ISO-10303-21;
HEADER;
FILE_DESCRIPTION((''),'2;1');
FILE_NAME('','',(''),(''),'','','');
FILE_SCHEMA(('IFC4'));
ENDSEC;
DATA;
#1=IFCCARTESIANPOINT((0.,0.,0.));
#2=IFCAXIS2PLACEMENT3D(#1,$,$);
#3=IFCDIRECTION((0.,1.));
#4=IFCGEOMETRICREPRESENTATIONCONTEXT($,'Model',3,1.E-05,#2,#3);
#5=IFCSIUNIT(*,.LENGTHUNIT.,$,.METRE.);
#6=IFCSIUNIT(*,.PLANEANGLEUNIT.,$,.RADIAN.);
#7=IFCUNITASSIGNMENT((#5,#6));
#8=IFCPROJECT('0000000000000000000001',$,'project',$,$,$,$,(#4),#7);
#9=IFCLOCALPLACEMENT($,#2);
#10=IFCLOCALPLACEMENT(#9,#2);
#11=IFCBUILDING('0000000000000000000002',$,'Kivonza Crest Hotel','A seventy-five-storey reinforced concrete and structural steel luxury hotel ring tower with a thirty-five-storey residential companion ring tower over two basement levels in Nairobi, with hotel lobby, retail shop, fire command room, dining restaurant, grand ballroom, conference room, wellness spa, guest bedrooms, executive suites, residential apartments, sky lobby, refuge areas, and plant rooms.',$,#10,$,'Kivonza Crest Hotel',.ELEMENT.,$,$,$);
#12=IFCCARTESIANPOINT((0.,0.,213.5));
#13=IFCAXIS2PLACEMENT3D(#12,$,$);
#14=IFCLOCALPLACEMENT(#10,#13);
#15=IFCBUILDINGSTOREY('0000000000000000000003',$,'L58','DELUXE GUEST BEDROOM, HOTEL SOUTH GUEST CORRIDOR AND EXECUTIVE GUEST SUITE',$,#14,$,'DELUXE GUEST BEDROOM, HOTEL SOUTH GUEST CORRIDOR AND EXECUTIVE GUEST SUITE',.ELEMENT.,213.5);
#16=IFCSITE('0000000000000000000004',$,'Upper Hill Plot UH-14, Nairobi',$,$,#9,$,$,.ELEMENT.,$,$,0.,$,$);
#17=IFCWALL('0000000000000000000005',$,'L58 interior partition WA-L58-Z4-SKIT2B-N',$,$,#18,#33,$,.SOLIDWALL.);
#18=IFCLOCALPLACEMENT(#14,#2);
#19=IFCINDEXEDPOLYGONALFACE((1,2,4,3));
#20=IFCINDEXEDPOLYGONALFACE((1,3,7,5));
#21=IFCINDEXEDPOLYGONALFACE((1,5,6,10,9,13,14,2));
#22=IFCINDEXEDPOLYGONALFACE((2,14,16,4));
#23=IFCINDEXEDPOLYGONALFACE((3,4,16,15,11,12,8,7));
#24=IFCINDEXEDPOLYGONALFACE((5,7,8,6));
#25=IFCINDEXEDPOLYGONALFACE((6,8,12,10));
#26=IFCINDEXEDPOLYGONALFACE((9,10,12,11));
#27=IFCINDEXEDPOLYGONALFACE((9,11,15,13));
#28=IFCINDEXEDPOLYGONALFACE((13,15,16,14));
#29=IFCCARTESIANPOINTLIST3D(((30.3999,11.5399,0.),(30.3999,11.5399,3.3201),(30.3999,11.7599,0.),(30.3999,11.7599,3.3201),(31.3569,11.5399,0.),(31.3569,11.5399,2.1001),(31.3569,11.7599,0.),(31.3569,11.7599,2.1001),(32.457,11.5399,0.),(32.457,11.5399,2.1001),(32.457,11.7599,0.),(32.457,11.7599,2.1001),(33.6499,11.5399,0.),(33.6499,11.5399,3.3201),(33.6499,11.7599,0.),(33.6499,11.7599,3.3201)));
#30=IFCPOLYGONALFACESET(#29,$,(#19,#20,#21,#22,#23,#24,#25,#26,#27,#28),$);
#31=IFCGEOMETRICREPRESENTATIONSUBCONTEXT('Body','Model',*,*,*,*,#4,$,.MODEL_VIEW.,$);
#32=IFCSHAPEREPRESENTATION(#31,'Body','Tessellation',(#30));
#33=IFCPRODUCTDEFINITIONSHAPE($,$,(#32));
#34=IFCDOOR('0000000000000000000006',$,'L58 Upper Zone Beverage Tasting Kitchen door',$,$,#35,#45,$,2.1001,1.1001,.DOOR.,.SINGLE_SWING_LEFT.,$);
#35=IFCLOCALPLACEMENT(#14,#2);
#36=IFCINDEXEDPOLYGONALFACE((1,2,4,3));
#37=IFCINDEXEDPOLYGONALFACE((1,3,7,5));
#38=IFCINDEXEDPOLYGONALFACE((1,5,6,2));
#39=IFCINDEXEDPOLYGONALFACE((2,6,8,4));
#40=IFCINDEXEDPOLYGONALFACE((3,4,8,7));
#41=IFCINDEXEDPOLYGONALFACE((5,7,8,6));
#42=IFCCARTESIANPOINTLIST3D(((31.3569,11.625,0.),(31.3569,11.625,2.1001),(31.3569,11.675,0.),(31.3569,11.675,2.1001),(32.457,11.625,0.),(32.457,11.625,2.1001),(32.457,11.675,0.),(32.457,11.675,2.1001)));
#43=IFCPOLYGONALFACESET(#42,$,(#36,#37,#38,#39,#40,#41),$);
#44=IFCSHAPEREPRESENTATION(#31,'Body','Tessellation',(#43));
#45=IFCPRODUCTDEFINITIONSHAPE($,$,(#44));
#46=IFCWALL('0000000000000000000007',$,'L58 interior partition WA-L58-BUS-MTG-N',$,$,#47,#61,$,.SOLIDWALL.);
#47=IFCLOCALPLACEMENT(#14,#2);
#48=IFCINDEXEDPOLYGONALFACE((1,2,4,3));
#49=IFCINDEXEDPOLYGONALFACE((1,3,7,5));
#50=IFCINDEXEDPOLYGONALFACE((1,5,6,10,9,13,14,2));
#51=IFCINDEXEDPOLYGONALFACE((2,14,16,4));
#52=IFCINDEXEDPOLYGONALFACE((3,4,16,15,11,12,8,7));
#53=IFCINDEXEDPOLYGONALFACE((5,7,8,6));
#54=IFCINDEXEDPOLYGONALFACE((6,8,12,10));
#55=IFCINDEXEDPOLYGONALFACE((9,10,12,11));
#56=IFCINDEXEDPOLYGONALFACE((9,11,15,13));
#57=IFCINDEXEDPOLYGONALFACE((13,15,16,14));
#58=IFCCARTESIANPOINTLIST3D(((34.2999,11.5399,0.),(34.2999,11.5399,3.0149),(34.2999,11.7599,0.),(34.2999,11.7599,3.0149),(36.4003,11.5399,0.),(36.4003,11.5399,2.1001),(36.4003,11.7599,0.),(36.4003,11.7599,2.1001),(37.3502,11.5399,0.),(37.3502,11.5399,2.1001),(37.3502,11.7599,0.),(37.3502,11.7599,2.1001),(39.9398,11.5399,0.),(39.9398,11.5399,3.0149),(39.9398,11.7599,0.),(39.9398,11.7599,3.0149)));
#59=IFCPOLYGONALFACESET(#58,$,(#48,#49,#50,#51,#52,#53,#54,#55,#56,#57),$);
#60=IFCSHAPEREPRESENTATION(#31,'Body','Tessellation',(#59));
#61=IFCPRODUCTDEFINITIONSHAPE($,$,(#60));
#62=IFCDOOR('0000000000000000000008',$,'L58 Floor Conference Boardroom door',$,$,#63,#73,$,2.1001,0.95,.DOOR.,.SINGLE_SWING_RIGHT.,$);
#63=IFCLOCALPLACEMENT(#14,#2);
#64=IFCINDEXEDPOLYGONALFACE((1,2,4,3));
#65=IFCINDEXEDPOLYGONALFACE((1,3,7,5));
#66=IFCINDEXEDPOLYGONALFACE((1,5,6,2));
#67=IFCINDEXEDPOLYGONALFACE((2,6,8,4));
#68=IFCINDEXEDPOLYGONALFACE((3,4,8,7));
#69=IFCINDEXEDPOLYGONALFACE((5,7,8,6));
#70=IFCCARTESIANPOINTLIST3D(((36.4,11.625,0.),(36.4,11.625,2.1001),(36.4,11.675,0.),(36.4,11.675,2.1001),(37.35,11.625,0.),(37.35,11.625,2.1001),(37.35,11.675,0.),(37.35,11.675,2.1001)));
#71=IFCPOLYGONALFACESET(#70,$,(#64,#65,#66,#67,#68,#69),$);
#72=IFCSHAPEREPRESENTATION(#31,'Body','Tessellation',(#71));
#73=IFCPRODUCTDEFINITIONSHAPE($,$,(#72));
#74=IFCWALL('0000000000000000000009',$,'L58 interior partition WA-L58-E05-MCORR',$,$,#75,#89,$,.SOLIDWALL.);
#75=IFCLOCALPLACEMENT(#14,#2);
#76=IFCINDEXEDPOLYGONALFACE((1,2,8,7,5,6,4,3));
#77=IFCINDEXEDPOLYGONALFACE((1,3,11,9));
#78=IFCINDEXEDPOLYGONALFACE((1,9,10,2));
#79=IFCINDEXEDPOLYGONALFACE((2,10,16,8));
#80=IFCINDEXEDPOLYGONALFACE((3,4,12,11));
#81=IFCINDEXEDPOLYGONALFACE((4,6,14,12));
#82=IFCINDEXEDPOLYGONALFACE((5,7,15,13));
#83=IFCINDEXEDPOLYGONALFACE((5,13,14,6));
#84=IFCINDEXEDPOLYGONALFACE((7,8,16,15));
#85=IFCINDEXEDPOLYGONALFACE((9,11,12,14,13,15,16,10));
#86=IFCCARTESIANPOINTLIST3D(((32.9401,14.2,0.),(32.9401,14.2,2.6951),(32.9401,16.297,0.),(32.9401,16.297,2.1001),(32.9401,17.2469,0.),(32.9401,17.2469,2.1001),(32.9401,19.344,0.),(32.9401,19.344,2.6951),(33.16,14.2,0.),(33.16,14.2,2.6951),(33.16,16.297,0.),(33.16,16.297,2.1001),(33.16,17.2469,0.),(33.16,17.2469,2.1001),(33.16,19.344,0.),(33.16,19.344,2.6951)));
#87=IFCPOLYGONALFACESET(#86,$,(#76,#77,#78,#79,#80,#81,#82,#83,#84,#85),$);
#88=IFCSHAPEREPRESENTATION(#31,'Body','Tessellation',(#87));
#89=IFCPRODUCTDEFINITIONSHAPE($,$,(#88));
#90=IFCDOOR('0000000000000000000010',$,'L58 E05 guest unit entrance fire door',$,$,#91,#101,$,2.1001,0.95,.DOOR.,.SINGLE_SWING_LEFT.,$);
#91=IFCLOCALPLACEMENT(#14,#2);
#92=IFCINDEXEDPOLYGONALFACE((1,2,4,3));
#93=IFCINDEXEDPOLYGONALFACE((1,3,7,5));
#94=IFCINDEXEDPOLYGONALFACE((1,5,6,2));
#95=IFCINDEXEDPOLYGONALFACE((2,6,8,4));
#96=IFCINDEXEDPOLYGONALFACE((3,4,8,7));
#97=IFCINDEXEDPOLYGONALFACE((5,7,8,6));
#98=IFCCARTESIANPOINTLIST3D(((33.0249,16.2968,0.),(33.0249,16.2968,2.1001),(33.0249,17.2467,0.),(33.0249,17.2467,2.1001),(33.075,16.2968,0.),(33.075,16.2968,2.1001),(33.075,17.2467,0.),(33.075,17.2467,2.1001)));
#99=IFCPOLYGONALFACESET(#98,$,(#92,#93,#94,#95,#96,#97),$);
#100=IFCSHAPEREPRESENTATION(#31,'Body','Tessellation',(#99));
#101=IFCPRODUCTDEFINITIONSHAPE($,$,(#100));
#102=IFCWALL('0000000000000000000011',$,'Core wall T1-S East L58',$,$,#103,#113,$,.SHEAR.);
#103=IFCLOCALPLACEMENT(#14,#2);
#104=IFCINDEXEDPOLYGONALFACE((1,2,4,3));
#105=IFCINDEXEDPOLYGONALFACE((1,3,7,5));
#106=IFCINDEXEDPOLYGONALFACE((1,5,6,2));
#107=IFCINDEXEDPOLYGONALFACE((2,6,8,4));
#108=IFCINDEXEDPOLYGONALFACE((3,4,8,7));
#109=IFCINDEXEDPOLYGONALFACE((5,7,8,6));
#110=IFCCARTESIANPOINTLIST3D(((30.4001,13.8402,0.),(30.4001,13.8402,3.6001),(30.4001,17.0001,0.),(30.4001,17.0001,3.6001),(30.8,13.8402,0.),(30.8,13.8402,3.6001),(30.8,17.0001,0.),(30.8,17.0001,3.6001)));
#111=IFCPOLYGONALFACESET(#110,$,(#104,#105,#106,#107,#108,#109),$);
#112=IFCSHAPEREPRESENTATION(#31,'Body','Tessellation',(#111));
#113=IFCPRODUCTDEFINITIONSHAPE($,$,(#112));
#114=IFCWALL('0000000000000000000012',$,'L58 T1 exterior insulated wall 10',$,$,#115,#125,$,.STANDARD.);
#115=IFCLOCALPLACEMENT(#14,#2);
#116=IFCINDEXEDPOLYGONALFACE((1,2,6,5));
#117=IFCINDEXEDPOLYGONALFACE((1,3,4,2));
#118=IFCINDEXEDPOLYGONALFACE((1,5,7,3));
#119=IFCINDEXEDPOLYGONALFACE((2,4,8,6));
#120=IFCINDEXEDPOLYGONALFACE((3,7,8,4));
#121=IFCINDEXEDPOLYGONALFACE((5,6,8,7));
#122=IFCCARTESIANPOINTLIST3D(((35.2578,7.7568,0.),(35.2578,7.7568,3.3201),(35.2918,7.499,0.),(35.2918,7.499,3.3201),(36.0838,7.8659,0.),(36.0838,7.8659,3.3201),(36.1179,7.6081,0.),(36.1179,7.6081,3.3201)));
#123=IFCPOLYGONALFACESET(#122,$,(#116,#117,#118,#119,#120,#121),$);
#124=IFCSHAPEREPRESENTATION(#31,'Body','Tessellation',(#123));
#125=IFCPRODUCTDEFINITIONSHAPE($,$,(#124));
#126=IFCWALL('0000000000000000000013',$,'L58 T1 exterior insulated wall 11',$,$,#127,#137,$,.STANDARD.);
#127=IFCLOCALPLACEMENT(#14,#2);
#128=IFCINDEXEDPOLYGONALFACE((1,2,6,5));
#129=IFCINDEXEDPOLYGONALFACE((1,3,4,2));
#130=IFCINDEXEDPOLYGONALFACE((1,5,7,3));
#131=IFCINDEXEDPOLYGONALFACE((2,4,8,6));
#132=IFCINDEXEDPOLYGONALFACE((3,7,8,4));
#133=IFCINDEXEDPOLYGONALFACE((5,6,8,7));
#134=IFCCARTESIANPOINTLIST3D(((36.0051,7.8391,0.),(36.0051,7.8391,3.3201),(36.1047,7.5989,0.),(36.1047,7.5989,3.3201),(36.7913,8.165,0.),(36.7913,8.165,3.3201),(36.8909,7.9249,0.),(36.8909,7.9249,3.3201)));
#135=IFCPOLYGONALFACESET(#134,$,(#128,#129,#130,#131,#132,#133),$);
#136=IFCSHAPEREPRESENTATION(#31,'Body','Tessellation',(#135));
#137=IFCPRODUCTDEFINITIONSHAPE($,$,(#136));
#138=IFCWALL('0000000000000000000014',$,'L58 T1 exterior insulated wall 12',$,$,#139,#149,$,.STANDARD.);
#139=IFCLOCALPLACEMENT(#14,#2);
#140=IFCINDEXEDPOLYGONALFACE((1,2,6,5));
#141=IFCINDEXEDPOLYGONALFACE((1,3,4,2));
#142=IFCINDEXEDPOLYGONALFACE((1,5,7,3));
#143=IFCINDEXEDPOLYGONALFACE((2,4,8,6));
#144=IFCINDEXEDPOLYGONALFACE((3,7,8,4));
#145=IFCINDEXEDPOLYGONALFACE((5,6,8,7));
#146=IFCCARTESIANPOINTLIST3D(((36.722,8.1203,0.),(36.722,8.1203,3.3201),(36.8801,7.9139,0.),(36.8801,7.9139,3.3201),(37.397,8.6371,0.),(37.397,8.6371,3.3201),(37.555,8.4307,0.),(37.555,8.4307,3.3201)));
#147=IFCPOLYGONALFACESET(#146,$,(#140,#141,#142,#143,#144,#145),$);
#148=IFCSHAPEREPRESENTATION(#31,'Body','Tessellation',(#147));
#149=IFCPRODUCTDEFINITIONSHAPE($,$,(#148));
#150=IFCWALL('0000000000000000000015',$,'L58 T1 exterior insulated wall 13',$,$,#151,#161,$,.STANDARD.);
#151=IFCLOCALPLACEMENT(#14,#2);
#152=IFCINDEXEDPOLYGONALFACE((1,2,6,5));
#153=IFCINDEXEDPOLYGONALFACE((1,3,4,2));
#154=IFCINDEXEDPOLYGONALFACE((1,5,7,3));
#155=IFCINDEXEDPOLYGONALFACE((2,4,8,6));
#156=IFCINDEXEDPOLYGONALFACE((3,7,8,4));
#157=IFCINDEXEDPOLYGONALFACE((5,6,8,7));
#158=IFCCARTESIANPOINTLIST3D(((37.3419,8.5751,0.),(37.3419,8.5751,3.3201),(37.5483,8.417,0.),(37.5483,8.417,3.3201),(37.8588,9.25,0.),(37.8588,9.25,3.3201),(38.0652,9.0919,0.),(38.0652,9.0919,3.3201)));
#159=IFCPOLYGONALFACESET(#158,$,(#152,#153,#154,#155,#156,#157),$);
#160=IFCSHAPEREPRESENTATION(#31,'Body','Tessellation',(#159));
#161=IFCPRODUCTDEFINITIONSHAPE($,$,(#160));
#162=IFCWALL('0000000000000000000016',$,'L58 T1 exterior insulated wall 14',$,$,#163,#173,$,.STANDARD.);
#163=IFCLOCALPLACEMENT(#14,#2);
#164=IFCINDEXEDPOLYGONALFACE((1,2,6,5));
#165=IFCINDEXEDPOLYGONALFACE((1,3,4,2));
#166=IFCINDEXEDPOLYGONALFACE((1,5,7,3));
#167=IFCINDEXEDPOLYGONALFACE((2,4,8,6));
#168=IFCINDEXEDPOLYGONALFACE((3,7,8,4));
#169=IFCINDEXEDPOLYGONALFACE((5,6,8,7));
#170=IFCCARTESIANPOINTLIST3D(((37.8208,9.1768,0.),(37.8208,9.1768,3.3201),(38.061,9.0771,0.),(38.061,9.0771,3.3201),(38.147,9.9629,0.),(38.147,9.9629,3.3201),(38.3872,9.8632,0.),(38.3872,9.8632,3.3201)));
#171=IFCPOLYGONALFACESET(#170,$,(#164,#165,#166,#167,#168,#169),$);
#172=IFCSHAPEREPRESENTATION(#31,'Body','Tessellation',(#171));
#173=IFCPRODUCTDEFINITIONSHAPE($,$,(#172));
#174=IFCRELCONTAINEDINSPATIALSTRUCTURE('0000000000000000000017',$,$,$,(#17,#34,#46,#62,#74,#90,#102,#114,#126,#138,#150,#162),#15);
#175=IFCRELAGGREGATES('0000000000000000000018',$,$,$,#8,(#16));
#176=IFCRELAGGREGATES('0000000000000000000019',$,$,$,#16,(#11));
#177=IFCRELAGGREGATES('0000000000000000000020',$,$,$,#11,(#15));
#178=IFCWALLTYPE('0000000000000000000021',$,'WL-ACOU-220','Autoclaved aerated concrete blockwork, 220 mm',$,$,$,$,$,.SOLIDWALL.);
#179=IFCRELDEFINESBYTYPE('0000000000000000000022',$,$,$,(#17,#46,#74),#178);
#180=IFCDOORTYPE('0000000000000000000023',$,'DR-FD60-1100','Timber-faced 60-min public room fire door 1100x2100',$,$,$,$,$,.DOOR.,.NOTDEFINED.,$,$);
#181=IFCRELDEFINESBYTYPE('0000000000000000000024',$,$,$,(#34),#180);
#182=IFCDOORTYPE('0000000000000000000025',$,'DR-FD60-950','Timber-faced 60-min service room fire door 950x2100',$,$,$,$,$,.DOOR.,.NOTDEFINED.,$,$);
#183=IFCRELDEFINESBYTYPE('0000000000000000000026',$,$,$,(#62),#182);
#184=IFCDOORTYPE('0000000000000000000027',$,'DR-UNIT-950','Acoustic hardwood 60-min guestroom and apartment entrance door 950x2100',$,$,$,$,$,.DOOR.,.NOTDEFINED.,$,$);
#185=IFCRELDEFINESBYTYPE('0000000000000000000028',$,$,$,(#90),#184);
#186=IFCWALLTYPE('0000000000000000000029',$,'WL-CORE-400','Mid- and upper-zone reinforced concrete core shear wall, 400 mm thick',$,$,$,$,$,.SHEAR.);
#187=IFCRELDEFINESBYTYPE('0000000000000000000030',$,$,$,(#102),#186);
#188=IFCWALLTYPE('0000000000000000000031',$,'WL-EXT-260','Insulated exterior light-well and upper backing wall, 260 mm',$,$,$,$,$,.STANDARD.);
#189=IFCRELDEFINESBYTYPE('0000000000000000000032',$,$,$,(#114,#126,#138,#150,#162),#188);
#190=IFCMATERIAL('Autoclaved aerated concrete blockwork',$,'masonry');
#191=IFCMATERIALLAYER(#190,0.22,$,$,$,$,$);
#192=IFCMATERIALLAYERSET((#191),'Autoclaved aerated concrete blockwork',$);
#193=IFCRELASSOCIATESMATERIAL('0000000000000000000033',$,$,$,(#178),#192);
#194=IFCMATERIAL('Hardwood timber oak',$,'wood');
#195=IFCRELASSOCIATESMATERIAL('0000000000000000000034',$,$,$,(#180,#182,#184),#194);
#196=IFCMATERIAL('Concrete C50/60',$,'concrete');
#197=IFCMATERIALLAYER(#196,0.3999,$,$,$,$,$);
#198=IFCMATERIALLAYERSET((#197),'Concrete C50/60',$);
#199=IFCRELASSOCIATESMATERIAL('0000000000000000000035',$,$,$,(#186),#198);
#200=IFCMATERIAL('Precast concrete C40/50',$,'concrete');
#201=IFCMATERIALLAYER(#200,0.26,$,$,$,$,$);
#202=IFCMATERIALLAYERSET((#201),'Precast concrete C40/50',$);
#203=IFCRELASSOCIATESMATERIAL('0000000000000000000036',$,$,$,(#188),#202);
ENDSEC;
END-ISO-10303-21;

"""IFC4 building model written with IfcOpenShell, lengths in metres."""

from ifc_helpers import new_model, si_unit, direction, frame, frame_2d, origin, place, context, subcontext, project, spatial, rectangle, extrude, material, layer, layer_set, type_object, element, fill, save


model = new_model("IFC4")

# Units and contexts
model_context = context("Model", 3, precision=1e-05, world=origin(), true_north=direction((0.0, 1.0)))
body_context = subcontext(model_context, "Body", "Model", "MODEL_VIEW")
ifc_project = project(units=[si_unit("LENGTHUNIT", "METRE"), si_unit("PLANEANGLEUNIT", "RADIAN")], contexts=[model_context])

# Site, building, storey
site_placement = place(None, origin())
site = spatial("IfcSite", under=ifc_project, at=site_placement, Name="Upper Hill Plot UH-14, Nairobi", CompositionType="ELEMENT", RefElevation=0.0)
building_placement = place(site_placement, origin())
building = spatial("IfcBuilding", under=site, at=building_placement, Name="Kivonza Crest Hotel", Description="A seventy-five-storey reinforced concrete and structural steel luxury hotel ring tower with a thirty-five-storey residential companion ring tower over two basement levels in Nairobi, with hotel lobby, retail shop, fire command room, dining restaurant, grand ballroom, conference room, wellness spa, guest bedrooms, executive suites, residential apartments, sky lobby, refuge areas, and plant rooms.", LongName="Kivonza Crest Hotel", CompositionType="ELEMENT")
storey_placement = place(building_placement, frame((0.0, 0.0, 213.5)))
storey = spatial("IfcBuildingStorey", under=building, at=storey_placement, Name="L58", Description="DELUXE GUEST BEDROOM, HOTEL SOUTH GUEST CORRIDOR AND EXECUTIVE GUEST SUITE", LongName="DELUXE GUEST BEDROOM, HOTEL SOUTH GUEST CORRIDOR AND EXECUTIVE GUEST SUITE", CompositionType="ELEMENT", Elevation=213.5)

# Shared definitions
ifc_material_1 = material(Name="Concrete C50/60", Category="concrete")

# Walls, openings, doors
ifc_material_2 = material(Name="Autoclaved aerated concrete blockwork", Category="masonry")
ifc_layer_1 = layer(ifc_material_2, 0.22)
ifc_layer_set_1 = layer_set([ifc_layer_1], Name="Autoclaved aerated concrete blockwork")
wall_type_1 = type_object("IfcWallType", Name="WL-ACOU-220", Description="Autoclaved aerated concrete blockwork, 220 mm", PredefinedType="SOLIDWALL", material=ifc_layer_set_1)
wall_1_placement = place(storey_placement, frame((30.3999, 11.6499, 0.0), z_axis=(0.0, 0.0, 1.0), x_axis=(1.0, 0.0, 0.0)))
wall_1 = element("IfcWall", 1, at=wall_1_placement, inside=storey, type_object=wall_type_1, Name="L58 interior partition WA-L58-Z4-SKIT2B-N", PredefinedType="SOLIDWALL", context=body_context, shape_type="SweptSolid", body=[
    extrude(rectangle(XDim=3.25, YDim=0.22, at=frame_2d((1.625, 0.0))), origin(), (0.0, 0.0, 1.0), 3.3201),
])
opening_1_placement = place(wall_1_placement, frame((0.957, 0.0, 0.0)))
opening_1 = element("IfcOpeningElement", 2, at=opening_1_placement, cuts=wall_1, PredefinedType="OPENING", context=body_context, shape_type="SweptSolid", body=[
    extrude(rectangle(XDim=1.1001, YDim=2.1001, at=frame_2d((0.55, 1.05))), frame((0.0, 0.1201, 0.0), z_axis=(0.0, -1.0, 0.0), x_axis=(1.0, 0.0, 0.0)), (0.0, 0.0, 1.0), 0.24),
])
ifc_material_3 = material(Name="Hardwood timber oak", Category="wood")
door_type_1 = type_object("IfcDoorType", Name="DR-FD60-1100", Description="Timber-faced 60-min public room fire door 1100x2100", OperationType="NOTDEFINED", PredefinedType="DOOR", material=ifc_material_3)
door_1_placement = place(opening_1_placement, frame((1.1001, 0.0, 0.0), z_axis=(0.0, 0.0, 1.0), x_axis=(-1.0, 0.0, 0.0)))
door_1 = element("IfcDoor", 3, at=door_1_placement, inside=storey, type_object=door_type_1, Name="L58 Upper Zone Beverage Tasting Kitchen door", OperationType="SINGLE_SWING_LEFT", OverallHeight=2.1001, OverallWidth=1.1001, PredefinedType="DOOR", context=body_context, shape_type="SweptSolid", body=[
    extrude(rectangle(XDim=1.1001, YDim=2.1001, at=frame_2d((0.55, 1.05))), frame((0.0, 0.0249, 0.0), z_axis=(0.0, -1.0, 0.0), x_axis=(1.0, 0.0, 0.0)), (0.0, 0.0, 1.0), 0.05),
])
fill(opening_1, door_1)
wall_2_placement = place(storey_placement, frame((34.3, 11.6499, 0.0), z_axis=(0.0, 0.0, 1.0), x_axis=(1.0, 0.0, 0.0)))
wall_2 = element("IfcWall", 4, at=wall_2_placement, inside=storey, type_object=wall_type_1, Name="L58 interior partition WA-L58-BUS-MTG-N", PredefinedType="SOLIDWALL", context=body_context, shape_type="SweptSolid", body=[
    extrude(rectangle(XDim=5.6399, YDim=0.22, at=frame_2d((2.8198, 0.0))), origin(), (0.0, 0.0, 1.0), 3.0149),
])
opening_2_placement = place(wall_2_placement, frame((2.1001, 0.0, 0.0)))
opening_2 = element("IfcOpeningElement", 5, at=opening_2_placement, cuts=wall_2, PredefinedType="OPENING", context=body_context, shape_type="SweptSolid", body=[
    extrude(rectangle(XDim=0.95, YDim=2.1001, at=frame_2d((0.4751, 1.05))), frame((0.0, 0.1201, 0.0), z_axis=(0.0, -1.0, 0.0), x_axis=(1.0, 0.0, 0.0)), (0.0, 0.0, 1.0), 0.24),
])
door_type_2 = type_object("IfcDoorType", Name="DR-FD60-950", Description="Timber-faced 60-min service room fire door 950x2100", OperationType="NOTDEFINED", PredefinedType="DOOR", material=ifc_material_3)
door_2_placement = place(opening_2_placement, frame((0.95, 0.0, 0.0), z_axis=(0.0, 0.0, 1.0), x_axis=(-1.0, 0.0, 0.0)))
door_2 = element("IfcDoor", 6, at=door_2_placement, inside=storey, type_object=door_type_2, Name="L58 Floor Conference Boardroom door", OperationType="SINGLE_SWING_RIGHT", OverallHeight=2.1001, OverallWidth=0.95, PredefinedType="DOOR", context=body_context, shape_type="SweptSolid", body=[
    extrude(rectangle(XDim=0.95, YDim=2.1001, at=frame_2d((0.4751, 1.05))), frame((0.0, 0.0249, 0.0), z_axis=(0.0, -1.0, 0.0), x_axis=(1.0, 0.0, 0.0)), (0.0, 0.0, 1.0), 0.05),
])
fill(opening_2, door_2)
wall_3_placement = place(storey_placement, frame((33.05, 14.2, 0.0), z_axis=(0.0, 0.0, 1.0), x_axis=(0.0, 1.0, 0.0)))
wall_3 = element("IfcWall", 7, at=wall_3_placement, inside=storey, type_object=wall_type_1, Name="L58 interior partition WA-L58-E05-MCORR", PredefinedType="SOLIDWALL", context=body_context, shape_type="SweptSolid", body=[
    extrude(rectangle(XDim=5.144, YDim=0.22, at=frame_2d((2.572, 0.0))), origin(), (0.0, 0.0, 1.0), 2.6951),
])
opening_3_placement = place(wall_3_placement, frame((2.0969, 0.0, 0.0)))
opening_3 = element("IfcOpeningElement", 8, at=opening_3_placement, cuts=wall_3, PredefinedType="OPENING", context=body_context, shape_type="SweptSolid", body=[
    extrude(rectangle(XDim=0.95, YDim=2.1001, at=frame_2d((0.4751, 1.05))), frame((0.0, 0.1201, 0.0), z_axis=(0.0, -1.0, 0.0), x_axis=(1.0, 0.0, 0.0)), (0.0, 0.0, 1.0), 0.24),
])
door_type_3 = type_object("IfcDoorType", Name="DR-UNIT-950", Description="Acoustic hardwood 60-min guestroom and apartment entrance door 950x2100", OperationType="NOTDEFINED", PredefinedType="DOOR", material=ifc_material_3)
door_3_placement = place(opening_3_placement, frame((0.95, 0.0, 0.0), z_axis=(0.0, 0.0, 1.0), x_axis=(-1.0, 0.0, 0.0)))
door_3 = element("IfcDoor", 9, at=door_3_placement, inside=storey, type_object=door_type_3, Name="L58 E05 guest unit entrance fire door", OperationType="SINGLE_SWING_LEFT", OverallHeight=2.1001, OverallWidth=0.95, PredefinedType="DOOR", context=body_context, shape_type="SweptSolid", body=[
    extrude(rectangle(XDim=0.95, YDim=2.1001, at=frame_2d((0.4751, 1.05))), frame((0.0, 0.0249, 0.0), z_axis=(0.0, -1.0, 0.0), x_axis=(1.0, 0.0, 0.0)), (0.0, 0.0, 1.0), 0.05),
])
fill(opening_3, door_3)

# Walls
ifc_layer_2 = layer(ifc_material_1, 0.3999)
ifc_layer_set_2 = layer_set([ifc_layer_2], Name="Concrete C50/60")
wall_type_2 = type_object("IfcWallType", Name="WL-CORE-400", Description="Mid- and upper-zone reinforced concrete core shear wall, 400 mm thick", PredefinedType="SHEAR", material=ifc_layer_set_2)
wall_4_placement = place(storey_placement, frame((30.6001, 13.8401, 0.0), z_axis=(0.0, 0.0, 1.0), x_axis=(0.0, 1.0, 0.0)))
element("IfcWall", 10, at=wall_4_placement, inside=storey, type_object=wall_type_2, Name="Core wall T1-S East L58", PredefinedType="SHEAR", context=body_context, shape_type="SweptSolid", body=[
    extrude(rectangle(XDim=3.1599, YDim=0.3999, at=frame_2d((1.5801, 0.0))), origin(), (0.0, 0.0, 1.0), 3.6001),
])
ifc_material_4 = material(Name="Precast concrete C40/50", Category="concrete")
ifc_layer_3 = layer(ifc_material_4, 0.26)
ifc_layer_set_3 = layer_set([ifc_layer_3], Name="Precast concrete C40/50")
wall_type_3 = type_object("IfcWallType", Name="WL-EXT-260", Description="Insulated exterior light-well and upper backing wall, 260 mm", PredefinedType="STANDARD", material=ifc_layer_set_3)
wall_5_placement = place(storey_placement, frame((35.2749, 7.6279, 0.0), z_axis=(0.0, 0.0, 1.0), x_axis=(0.991388, 0.130955, 0.0)))
element("IfcWall", 11, at=wall_5_placement, inside=storey, type_object=wall_type_3, Name="L58 T1 exterior insulated wall 10", PredefinedType="STANDARD", context=body_context, shape_type="SweptSolid", body=[
    extrude(rectangle(XDim=0.8333, YDim=0.26, at=frame_2d((0.4165, 0.0))), origin(), (0.0, 0.0, 1.0), 3.3201),
])
wall_6_placement = place(storey_placement, frame((36.0549, 7.719, 0.0), z_axis=(0.0, 0.0, 1.0), x_axis=(0.923754, 0.382985, 0.0)))
element("IfcWall", 12, at=wall_6_placement, inside=storey, type_object=wall_type_3, Name="L58 T1 exterior insulated wall 11", PredefinedType="STANDARD", context=body_context, shape_type="SweptSolid", body=[
    extrude(rectangle(XDim=0.8511, YDim=0.26, at=frame_2d((0.4255, 0.0))), origin(), (0.0, 0.0, 1.0), 3.3201),
])
for number, where, z_axis, x_axis, name in (
    (13, (36.801, 8.0171, 0.0), (0.0, 0.0, 1.0), (0.793999, 0.607919, 0.0), "L58 T1 exterior insulated wall 12"),
    (14, (37.4451, 8.4961, 0.0), (0.0, 0.0, 1.0), (0.608058, 0.793893, 0.0), "L58 T1 exterior insulated wall 13"),
):
    element("IfcWall", number, at=place(storey_placement, frame(where, z_axis=z_axis, x_axis=x_axis)), inside=storey, type_object=wall_type_3, Name=name, PredefinedType="STANDARD", context=body_context, shape_type="SweptSolid", body=[
        extrude(rectangle(XDim=0.8501, YDim=0.26, at=frame_2d((0.425, 0.0))), origin(), (0.0, 0.0, 1.0), 3.3201),
    ])
wall_7_placement = place(storey_placement, frame((37.9409, 9.127, 0.0), z_axis=(0.0, 0.0, 1.0), x_axis=(0.38323, 0.923653, 0.0)))
element("IfcWall", 15, at=wall_7_placement, inside=storey, type_object=wall_type_3, Name="L58 T1 exterior insulated wall 14", PredefinedType="STANDARD", context=body_context, shape_type="SweptSolid", body=[
    extrude(rectangle(XDim=0.8511, YDim=0.26, at=frame_2d((0.4255, 0.0))), origin(), (0.0, 0.0, 1.0), 3.3201),
])

save(model, "model.ifc")
